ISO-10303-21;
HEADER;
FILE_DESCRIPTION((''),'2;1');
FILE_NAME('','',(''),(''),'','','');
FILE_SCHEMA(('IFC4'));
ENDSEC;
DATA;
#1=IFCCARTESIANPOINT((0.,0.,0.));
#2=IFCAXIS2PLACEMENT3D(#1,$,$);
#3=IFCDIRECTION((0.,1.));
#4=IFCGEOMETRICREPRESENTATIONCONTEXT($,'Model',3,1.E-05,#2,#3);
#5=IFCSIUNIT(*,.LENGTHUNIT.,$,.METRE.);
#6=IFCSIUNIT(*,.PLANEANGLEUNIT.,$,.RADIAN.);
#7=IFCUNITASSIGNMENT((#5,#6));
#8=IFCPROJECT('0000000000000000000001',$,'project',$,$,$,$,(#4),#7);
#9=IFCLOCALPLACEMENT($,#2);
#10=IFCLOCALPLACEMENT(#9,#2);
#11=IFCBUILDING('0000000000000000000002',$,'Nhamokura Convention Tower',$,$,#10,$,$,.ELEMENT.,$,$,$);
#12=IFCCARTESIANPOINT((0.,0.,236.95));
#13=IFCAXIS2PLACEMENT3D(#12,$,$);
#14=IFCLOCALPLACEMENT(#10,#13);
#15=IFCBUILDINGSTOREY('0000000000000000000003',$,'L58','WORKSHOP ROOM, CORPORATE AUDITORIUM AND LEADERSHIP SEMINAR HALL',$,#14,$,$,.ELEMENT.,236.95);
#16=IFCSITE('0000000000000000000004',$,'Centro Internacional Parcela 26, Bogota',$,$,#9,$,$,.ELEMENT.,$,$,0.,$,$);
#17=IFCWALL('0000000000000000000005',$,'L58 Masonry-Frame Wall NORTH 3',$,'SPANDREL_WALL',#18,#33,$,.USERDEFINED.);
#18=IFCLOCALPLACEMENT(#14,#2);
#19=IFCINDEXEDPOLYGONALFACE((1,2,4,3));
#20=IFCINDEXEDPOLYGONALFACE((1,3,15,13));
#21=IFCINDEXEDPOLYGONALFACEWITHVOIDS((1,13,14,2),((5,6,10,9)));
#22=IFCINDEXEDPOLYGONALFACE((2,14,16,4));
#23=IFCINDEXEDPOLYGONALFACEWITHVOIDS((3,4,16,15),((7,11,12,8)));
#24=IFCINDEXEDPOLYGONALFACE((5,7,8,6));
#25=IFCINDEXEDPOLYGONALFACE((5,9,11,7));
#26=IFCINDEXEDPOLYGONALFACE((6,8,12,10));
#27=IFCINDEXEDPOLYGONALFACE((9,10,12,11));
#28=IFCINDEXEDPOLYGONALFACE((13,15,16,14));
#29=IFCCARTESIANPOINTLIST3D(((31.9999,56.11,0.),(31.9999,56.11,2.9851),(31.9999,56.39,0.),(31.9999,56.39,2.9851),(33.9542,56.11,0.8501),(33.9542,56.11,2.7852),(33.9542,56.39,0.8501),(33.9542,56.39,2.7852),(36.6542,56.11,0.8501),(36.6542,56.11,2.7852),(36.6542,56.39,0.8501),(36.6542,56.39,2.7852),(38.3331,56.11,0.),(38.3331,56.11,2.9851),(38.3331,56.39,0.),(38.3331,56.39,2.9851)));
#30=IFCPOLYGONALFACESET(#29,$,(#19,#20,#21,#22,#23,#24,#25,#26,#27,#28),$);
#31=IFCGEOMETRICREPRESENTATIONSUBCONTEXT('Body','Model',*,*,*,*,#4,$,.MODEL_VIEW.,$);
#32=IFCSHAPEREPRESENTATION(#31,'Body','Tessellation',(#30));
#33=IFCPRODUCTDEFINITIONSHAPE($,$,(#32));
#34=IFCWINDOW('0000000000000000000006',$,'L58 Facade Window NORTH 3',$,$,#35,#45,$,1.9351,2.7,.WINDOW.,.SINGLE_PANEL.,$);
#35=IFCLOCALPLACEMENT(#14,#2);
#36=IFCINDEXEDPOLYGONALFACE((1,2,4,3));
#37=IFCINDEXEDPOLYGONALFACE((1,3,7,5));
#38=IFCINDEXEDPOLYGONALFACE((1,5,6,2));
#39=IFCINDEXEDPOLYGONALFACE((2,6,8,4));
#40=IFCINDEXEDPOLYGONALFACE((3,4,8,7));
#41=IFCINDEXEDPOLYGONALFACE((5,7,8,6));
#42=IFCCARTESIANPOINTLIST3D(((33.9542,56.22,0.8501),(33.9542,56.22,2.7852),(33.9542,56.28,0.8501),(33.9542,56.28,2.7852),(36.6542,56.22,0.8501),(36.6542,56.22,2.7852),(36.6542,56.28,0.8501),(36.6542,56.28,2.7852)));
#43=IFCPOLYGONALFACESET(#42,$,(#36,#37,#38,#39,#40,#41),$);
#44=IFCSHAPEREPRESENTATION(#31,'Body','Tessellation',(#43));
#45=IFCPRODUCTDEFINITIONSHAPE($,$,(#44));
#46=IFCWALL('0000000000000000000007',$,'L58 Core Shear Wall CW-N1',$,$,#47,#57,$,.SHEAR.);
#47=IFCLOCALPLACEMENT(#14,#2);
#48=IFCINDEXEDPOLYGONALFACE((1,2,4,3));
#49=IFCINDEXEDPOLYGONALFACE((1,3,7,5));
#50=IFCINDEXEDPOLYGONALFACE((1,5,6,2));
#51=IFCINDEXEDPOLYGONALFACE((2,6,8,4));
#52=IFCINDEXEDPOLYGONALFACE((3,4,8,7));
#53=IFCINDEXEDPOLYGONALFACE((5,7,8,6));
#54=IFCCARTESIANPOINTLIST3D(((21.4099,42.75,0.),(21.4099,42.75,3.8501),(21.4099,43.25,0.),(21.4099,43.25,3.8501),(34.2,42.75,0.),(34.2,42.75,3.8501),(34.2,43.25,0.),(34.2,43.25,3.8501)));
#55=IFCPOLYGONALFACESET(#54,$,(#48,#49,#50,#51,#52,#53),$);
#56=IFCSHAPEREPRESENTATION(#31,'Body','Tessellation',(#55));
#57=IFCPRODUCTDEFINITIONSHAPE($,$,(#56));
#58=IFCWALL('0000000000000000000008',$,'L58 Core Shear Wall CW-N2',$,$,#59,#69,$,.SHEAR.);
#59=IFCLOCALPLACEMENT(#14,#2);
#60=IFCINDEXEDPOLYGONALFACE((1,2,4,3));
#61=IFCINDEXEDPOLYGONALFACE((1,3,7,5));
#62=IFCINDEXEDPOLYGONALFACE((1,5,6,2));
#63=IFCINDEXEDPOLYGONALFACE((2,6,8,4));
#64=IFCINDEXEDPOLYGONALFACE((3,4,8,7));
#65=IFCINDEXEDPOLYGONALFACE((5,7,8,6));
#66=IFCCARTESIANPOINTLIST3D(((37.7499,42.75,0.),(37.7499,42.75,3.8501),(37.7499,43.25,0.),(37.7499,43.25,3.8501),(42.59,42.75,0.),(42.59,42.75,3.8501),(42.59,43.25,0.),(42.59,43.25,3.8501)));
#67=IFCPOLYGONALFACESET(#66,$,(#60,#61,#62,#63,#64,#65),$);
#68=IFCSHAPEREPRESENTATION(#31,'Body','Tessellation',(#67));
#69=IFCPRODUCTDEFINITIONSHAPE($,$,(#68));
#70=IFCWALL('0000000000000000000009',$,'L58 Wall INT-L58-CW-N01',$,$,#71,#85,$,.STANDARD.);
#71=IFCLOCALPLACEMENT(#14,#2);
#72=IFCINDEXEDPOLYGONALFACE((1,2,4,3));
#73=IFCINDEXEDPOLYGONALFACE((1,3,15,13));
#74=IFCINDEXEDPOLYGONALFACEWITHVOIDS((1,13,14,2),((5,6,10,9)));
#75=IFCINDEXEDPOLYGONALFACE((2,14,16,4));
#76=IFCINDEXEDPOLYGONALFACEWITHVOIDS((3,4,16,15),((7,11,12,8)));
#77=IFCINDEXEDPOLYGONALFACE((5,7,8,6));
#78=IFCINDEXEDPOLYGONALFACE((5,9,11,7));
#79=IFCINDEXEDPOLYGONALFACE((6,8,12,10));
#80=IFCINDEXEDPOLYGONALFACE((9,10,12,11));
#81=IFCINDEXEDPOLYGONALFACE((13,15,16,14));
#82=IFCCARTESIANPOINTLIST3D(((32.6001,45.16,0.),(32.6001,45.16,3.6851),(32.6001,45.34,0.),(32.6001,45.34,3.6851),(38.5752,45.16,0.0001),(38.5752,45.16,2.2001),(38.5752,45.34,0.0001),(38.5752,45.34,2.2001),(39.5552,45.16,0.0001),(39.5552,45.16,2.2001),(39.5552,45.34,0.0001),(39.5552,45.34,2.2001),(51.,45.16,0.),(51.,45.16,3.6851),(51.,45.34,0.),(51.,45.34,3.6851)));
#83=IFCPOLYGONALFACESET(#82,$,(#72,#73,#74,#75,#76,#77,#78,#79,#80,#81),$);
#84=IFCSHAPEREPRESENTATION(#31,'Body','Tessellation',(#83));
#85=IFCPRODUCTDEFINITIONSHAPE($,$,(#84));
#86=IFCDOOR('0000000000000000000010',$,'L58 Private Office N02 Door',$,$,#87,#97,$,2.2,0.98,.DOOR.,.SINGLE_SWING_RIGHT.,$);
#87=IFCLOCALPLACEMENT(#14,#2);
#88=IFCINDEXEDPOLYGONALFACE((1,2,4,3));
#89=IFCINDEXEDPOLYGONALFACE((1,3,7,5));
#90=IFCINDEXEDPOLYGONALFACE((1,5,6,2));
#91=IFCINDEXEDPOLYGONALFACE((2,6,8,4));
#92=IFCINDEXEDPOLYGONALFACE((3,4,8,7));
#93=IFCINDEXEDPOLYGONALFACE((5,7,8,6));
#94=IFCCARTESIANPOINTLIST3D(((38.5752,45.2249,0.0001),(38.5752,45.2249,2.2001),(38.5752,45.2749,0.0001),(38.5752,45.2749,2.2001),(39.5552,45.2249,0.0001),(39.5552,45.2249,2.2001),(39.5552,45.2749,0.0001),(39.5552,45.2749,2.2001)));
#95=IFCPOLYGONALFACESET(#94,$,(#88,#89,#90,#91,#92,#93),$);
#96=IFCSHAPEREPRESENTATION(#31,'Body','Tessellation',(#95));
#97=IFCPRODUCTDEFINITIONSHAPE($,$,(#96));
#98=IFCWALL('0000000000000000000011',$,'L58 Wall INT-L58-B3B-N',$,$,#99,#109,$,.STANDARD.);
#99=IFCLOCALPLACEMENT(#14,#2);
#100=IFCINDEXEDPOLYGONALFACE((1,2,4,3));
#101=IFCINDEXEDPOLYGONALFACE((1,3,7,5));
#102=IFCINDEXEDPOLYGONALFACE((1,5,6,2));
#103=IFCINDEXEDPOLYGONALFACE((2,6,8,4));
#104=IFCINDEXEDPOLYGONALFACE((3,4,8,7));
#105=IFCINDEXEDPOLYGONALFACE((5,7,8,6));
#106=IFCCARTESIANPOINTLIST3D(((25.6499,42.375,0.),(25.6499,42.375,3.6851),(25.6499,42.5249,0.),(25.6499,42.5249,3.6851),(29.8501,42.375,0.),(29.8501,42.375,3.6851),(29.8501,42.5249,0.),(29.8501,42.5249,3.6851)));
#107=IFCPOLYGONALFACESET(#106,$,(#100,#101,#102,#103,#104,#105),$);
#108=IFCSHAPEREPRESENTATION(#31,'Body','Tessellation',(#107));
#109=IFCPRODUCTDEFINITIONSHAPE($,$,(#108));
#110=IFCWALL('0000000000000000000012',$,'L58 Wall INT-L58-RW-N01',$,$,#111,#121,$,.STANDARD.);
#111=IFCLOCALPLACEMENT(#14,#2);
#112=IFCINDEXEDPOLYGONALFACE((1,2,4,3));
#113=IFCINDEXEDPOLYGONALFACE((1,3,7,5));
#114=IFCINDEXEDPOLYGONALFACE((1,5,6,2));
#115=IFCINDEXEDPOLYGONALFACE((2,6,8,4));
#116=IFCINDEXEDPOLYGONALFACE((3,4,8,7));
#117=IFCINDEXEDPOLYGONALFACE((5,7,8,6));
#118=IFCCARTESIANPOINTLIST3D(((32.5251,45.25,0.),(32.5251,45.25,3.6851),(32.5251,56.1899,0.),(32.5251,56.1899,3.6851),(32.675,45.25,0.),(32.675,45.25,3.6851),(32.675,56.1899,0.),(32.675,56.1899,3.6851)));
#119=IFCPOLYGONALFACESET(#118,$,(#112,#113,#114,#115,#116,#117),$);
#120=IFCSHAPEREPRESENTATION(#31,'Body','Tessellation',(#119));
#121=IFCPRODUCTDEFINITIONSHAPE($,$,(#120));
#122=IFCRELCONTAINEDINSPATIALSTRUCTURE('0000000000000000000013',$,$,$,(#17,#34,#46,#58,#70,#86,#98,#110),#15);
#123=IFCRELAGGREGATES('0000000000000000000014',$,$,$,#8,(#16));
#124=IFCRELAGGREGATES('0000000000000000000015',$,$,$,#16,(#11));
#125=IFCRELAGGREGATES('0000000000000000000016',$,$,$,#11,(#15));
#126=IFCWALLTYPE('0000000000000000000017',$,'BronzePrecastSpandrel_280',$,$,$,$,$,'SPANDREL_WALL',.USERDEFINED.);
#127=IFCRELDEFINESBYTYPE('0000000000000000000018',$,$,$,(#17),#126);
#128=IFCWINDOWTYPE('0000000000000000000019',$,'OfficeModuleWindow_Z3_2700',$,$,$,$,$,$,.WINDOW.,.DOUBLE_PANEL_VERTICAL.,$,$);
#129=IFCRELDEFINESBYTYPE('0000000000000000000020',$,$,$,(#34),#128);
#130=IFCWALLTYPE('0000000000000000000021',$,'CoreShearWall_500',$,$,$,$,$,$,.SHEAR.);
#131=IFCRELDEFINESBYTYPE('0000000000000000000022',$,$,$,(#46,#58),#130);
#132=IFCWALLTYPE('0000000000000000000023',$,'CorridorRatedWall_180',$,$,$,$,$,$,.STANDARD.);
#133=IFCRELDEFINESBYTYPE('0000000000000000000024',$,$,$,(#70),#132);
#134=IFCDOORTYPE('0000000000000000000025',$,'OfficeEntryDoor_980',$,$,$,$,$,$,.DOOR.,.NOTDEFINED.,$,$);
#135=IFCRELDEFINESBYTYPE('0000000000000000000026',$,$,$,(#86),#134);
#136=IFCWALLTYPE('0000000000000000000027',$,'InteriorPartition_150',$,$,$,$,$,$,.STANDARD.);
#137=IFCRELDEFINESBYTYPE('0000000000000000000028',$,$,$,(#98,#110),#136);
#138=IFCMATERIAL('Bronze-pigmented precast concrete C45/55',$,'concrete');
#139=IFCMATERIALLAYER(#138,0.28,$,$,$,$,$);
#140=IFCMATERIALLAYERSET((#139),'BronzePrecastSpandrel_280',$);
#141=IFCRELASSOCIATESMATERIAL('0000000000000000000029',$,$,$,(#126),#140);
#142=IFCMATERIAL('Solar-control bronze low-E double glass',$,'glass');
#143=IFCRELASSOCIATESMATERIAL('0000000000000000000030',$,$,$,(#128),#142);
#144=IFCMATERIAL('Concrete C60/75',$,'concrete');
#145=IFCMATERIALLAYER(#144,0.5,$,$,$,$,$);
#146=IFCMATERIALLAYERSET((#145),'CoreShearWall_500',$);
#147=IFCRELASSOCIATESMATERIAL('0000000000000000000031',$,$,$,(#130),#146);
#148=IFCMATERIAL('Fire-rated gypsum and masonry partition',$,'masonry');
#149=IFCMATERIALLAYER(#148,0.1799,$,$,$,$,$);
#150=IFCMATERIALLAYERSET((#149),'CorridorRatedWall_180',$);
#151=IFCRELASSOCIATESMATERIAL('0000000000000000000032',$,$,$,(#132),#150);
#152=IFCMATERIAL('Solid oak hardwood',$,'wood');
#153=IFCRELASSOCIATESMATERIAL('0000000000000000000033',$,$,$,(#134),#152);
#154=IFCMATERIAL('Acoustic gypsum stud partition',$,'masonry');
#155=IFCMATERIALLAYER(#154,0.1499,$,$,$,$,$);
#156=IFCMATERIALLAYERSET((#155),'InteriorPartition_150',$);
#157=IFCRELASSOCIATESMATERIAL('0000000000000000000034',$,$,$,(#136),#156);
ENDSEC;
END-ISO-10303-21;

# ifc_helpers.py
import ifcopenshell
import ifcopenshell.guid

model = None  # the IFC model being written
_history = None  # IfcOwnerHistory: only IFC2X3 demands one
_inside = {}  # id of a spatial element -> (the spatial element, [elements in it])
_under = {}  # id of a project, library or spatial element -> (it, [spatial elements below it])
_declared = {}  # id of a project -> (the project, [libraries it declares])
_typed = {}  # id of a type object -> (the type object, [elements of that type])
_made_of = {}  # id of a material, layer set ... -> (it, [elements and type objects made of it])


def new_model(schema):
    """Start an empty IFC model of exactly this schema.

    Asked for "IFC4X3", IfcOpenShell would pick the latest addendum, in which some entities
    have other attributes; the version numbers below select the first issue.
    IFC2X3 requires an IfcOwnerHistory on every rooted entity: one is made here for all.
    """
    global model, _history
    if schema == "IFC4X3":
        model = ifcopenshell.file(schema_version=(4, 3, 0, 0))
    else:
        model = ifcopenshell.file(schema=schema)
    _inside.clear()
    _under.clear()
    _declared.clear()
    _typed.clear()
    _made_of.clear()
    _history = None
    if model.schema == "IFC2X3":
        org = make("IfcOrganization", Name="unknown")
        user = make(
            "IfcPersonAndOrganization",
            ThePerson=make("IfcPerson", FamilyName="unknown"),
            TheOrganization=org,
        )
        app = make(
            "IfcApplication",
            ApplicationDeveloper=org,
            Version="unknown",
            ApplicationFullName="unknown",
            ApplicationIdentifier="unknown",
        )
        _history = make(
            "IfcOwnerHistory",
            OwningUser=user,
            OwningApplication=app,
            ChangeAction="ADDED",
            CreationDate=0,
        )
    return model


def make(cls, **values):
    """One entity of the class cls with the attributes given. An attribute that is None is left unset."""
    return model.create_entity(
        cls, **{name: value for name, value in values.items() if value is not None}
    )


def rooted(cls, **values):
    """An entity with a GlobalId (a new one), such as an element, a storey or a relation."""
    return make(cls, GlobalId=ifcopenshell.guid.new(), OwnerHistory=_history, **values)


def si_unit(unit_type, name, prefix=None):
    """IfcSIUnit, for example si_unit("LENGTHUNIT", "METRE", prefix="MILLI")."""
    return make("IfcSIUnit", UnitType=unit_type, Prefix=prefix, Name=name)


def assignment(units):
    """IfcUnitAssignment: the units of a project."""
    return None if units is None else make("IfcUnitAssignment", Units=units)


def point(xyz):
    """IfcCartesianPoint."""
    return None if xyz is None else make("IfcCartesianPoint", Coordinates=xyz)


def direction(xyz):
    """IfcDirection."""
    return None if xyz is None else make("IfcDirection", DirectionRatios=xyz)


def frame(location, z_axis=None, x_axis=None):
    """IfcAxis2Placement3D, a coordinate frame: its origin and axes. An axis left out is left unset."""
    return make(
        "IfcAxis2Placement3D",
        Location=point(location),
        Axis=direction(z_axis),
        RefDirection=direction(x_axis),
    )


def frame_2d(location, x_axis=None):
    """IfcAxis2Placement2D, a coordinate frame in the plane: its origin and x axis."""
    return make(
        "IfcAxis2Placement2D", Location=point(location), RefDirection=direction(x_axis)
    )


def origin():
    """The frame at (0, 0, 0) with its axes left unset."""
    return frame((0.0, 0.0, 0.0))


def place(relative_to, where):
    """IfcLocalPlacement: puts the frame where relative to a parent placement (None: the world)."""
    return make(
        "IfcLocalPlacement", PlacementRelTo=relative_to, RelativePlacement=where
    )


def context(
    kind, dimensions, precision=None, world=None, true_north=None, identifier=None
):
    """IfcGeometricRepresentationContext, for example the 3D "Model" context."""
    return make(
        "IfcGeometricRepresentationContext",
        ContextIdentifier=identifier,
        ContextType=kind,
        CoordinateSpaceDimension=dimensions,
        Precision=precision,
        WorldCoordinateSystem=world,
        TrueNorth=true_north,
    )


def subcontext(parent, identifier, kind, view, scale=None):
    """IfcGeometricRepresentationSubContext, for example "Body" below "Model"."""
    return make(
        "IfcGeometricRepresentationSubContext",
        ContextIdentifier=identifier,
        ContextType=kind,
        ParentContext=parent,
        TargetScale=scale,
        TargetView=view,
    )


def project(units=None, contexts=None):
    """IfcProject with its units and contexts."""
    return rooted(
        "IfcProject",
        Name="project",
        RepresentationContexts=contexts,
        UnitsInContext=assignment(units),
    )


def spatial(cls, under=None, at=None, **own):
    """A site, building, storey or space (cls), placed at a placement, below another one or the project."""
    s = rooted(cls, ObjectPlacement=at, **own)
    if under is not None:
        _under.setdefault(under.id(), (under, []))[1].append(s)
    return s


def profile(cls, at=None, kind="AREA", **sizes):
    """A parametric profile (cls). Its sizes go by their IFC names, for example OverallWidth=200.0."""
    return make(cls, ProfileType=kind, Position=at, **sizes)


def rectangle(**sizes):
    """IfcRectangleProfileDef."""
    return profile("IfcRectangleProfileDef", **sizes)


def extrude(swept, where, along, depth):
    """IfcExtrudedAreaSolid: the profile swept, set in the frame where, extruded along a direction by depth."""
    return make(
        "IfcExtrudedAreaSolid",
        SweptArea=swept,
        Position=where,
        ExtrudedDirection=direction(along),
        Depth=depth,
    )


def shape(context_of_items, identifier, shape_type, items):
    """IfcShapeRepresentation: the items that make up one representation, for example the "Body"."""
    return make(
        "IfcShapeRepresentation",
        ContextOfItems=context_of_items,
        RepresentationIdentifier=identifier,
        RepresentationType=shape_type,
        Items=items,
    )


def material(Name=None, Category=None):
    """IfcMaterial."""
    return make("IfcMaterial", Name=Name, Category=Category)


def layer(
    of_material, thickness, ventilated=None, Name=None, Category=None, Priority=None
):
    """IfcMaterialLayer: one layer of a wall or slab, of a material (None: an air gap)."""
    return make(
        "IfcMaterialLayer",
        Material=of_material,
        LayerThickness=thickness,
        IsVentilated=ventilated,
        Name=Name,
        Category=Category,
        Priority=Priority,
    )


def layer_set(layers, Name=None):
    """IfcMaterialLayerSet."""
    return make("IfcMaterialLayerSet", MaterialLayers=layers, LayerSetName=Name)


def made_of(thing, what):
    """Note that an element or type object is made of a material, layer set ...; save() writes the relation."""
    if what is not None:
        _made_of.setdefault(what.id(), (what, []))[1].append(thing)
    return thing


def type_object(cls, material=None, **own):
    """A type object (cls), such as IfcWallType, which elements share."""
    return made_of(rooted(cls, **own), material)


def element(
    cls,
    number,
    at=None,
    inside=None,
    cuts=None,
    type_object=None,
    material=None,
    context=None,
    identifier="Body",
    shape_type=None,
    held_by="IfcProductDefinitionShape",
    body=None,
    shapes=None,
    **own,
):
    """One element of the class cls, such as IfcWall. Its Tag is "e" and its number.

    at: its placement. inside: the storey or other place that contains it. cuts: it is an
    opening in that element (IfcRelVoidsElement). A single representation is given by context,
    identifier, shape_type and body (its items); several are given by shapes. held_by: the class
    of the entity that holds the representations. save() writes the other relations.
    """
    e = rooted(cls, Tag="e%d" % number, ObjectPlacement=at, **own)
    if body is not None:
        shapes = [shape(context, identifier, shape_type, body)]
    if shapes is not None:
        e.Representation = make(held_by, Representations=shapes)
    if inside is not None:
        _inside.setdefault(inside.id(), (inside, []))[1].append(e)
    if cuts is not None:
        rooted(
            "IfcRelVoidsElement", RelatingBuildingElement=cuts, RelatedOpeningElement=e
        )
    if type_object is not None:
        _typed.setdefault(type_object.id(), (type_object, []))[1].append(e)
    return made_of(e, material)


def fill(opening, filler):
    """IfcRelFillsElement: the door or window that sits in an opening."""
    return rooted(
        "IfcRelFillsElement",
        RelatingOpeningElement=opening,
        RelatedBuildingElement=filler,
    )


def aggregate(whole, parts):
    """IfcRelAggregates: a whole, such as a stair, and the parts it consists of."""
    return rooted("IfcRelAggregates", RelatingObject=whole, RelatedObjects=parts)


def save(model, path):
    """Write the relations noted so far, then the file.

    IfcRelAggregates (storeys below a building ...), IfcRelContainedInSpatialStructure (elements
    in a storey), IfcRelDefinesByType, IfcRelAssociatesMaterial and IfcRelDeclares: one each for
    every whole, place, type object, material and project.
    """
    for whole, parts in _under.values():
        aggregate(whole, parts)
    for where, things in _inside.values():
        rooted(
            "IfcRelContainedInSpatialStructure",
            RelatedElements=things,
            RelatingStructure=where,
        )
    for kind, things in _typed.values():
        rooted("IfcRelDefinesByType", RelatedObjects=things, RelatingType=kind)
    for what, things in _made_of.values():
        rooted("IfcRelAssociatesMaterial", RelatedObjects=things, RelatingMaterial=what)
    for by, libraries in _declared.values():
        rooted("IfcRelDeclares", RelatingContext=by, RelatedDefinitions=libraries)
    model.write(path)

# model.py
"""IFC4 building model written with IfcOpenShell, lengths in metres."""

from ifc_helpers import new_model, si_unit, direction, frame, frame_2d, origin, place, context, subcontext, project, spatial, rectangle, extrude, material, layer, layer_set, type_object, element, fill, save


model = new_model("IFC4")

# Units and contexts
model_context = context("Model", 3, precision=1e-05, world=origin(), true_north=direction((0.0, 1.0)))
body_context = subcontext(model_context, "Body", "Model", "MODEL_VIEW")
ifc_project = project(units=[si_unit("LENGTHUNIT", "METRE"), si_unit("PLANEANGLEUNIT", "RADIAN")], contexts=[model_context])

# Site, building, storey
site_placement = place(None, origin())
site = spatial("IfcSite", under=ifc_project, at=site_placement, Name="Centro Internacional Parcela 26, Bogota", CompositionType="ELEMENT", RefElevation=0.0)
building_placement = place(site_placement, origin())
building = spatial("IfcBuilding", under=site, at=building_placement, Name="Nhamokura Convention Tower", CompositionType="ELEMENT")
storey_placement = place(building_placement, frame((0.0, 0.0, 236.95)))
storey = spatial("IfcBuildingStorey", under=building, at=storey_placement, Name="L58", Description="WORKSHOP ROOM, CORPORATE AUDITORIUM AND LEADERSHIP SEMINAR HALL", CompositionType="ELEMENT", Elevation=236.95)

# Wall, opening, window
ifc_material_1 = material(Name="Bronze-pigmented precast concrete C45/55", Category="concrete")
ifc_layer_1 = layer(ifc_material_1, 0.28)
ifc_layer_set_1 = layer_set([ifc_layer_1], Name="BronzePrecastSpandrel_280")
wall_type_1 = type_object("IfcWallType", Name="BronzePrecastSpandrel_280", ElementType="SPANDREL_WALL", PredefinedType="USERDEFINED", material=ifc_layer_set_1)
ifc_material_2 = material(Name="Solar-control bronze low-E double glass", Category="glass")
window_type = type_object("IfcWindowType", Name="OfficeModuleWindow_Z3_2700", PartitioningType="DOUBLE_PANEL_VERTICAL", PredefinedType="WINDOW", material=ifc_material_2)
wall_1_placement = place(storey_placement, frame((32.0, 56.25, 0.0), z_axis=(0.0, 0.0, 1.0), x_axis=(1.0, 0.0, 0.0)))
wall_1 = element("IfcWall", 1, at=wall_1_placement, inside=storey, type_object=wall_type_1, Name="L58 Masonry-Frame Wall NORTH 3", ObjectType="SPANDREL_WALL", PredefinedType="USERDEFINED", context=body_context, shape_type="SweptSolid", body=[
    extrude(rectangle(XDim=6.3333, YDim=0.28, at=frame_2d((3.1665, 0.0))), origin(), (0.0, 0.0, 1.0), 2.9851),
])
opening_1_placement = place(wall_1_placement, frame((1.9541, 0.0, 0.8501)))
opening_1 = element("IfcOpeningElement", 2, at=opening_1_placement, cuts=wall_1, PredefinedType="OPENING", context=body_context, shape_type="SweptSolid", body=[
    extrude(rectangle(XDim=2.7, YDim=1.9351, at=frame_2d((1.3501, 0.9675))), frame((0.0, 0.1499, 0.0), z_axis=(0.0, -1.0, 0.0), x_axis=(1.0, 0.0, 0.0)), (0.0, 0.0, 1.0), 0.3),
])
window_1_placement = place(opening_1_placement, origin())
window_1 = element("IfcWindow", 3, at=window_1_placement, inside=storey, type_object=window_type, Name="L58 Facade Window NORTH 3", OverallHeight=1.9351, OverallWidth=2.7, PartitioningType="SINGLE_PANEL", PredefinedType="WINDOW", context=body_context, shape_type="SweptSolid", body=[
    extrude(rectangle(XDim=2.7, YDim=1.9351, at=frame_2d((1.3501, 0.9675))), frame((0.0, 0.03, 0.0), z_axis=(0.0, -1.0, 0.0), x_axis=(1.0, 0.0, 0.0)), (0.0, 0.0, 1.0), 0.0601),
])
fill(opening_1, window_1)

# Walls
ifc_material_3 = material(Name="Concrete C60/75", Category="concrete")
ifc_layer_2 = layer(ifc_material_3, 0.5)
ifc_layer_set_2 = layer_set([ifc_layer_2], Name="CoreShearWall_500")
wall_type_2 = type_object("IfcWallType", Name="CoreShearWall_500", PredefinedType="SHEAR", material=ifc_layer_set_2)
wall_2_placement = place(storey_placement, frame((21.4099, 43.0, 0.0), z_axis=(0.0, 0.0, 1.0), x_axis=(1.0, 0.0, 0.0)))
element("IfcWall", 4, at=wall_2_placement, inside=storey, type_object=wall_type_2, Name="L58 Core Shear Wall CW-N1", PredefinedType="SHEAR", context=body_context, shape_type="SweptSolid", body=[
    extrude(rectangle(XDim=12.79, YDim=0.5, at=frame_2d((6.395, 0.0))), origin(), (0.0, 0.0, 1.0), 3.8501),
])
wall_3_placement = place(storey_placement, frame((37.75, 43.0, 0.0), z_axis=(0.0, 0.0, 1.0), x_axis=(1.0, 0.0, 0.0)))
element("IfcWall", 5, at=wall_3_placement, inside=storey, type_object=wall_type_2, Name="L58 Core Shear Wall CW-N2", PredefinedType="SHEAR", context=body_context, shape_type="SweptSolid", body=[
    extrude(rectangle(XDim=4.8401, YDim=0.5, at=frame_2d((2.4199, 0.0))), origin(), (0.0, 0.0, 1.0), 3.8501),
])

# Wall, opening, door
ifc_material_4 = material(Name="Fire-rated gypsum and masonry partition", Category="masonry")
ifc_layer_3 = layer(ifc_material_4, 0.1799)
ifc_layer_set_3 = layer_set([ifc_layer_3], Name="CorridorRatedWall_180")
wall_type_3 = type_object("IfcWallType", Name="CorridorRatedWall_180", PredefinedType="STANDARD", material=ifc_layer_set_3)
wall_4_placement = place(storey_placement, frame((32.6001, 45.25, 0.0), z_axis=(0.0, 0.0, 1.0), x_axis=(1.0, 0.0, 0.0)))
wall_4 = element("IfcWall", 6, at=wall_4_placement, inside=storey, type_object=wall_type_3, Name="L58 Wall INT-L58-CW-N01", PredefinedType="STANDARD", context=body_context, shape_type="SweptSolid", body=[
    extrude(rectangle(XDim=18.3999, YDim=0.1799, at=frame_2d((9.2, 0.0))), origin(), (0.0, 0.0, 1.0), 3.6851),
])
opening_2_placement = place(wall_4_placement, frame((5.9751, 0.0, 0.0)))
opening_2 = element("IfcOpeningElement", 7, at=opening_2_placement, cuts=wall_4, PredefinedType="OPENING", context=body_context, shape_type="SweptSolid", body=[
    extrude(rectangle(XDim=0.98, YDim=2.2, at=frame_2d((0.49, 1.1001))), frame((0.0, 0.0999, 0.0), z_axis=(0.0, -1.0, 0.0), x_axis=(1.0, 0.0, 0.0)), (0.0, 0.0, 1.0), 0.2),
])
ifc_material_5 = material(Name="Solid oak hardwood", Category="wood")
door_type_1 = type_object("IfcDoorType", Name="OfficeEntryDoor_980", OperationType="NOTDEFINED", PredefinedType="DOOR", material=ifc_material_5)
door_1_placement = place(opening_2_placement, origin())
door_1 = element("IfcDoor", 8, at=door_1_placement, inside=storey, type_object=door_type_1, Name="L58 Private Office N02 Door", OperationType="SINGLE_SWING_RIGHT", OverallHeight=2.2, OverallWidth=0.98, PredefinedType="DOOR", context=body_context, shape_type="SweptSolid", body=[
    extrude(rectangle(XDim=0.98, YDim=2.2, at=frame_2d((0.49, 1.1001))), frame((0.0, 0.0249, 0.0), z_axis=(0.0, -1.0, 0.0), x_axis=(1.0, 0.0, 0.0)), (0.0, 0.0, 1.0), 0.05),
])
fill(opening_2, door_1)

# Walls
ifc_material_6 = material(Name="Acoustic gypsum stud partition", Category="masonry")
ifc_layer_4 = layer(ifc_material_6, 0.1499)
ifc_layer_set_4 = layer_set([ifc_layer_4], Name="InteriorPartition_150")
wall_type_4 = type_object("IfcWallType", Name="InteriorPartition_150", PredefinedType="STANDARD", material=ifc_layer_set_4)
wall_5_placement = place(storey_placement, frame((25.6499, 42.45, 0.0), z_axis=(0.0, 0.0, 1.0), x_axis=(1.0, 0.0, 0.0)))
element("IfcWall", 9, at=wall_5_placement, inside=storey, type_object=wall_type_4, Name="L58 Wall INT-L58-B3B-N", PredefinedType="STANDARD", context=body_context, shape_type="SweptSolid", body=[
    extrude(rectangle(XDim=4.2002, YDim=0.1499, at=frame_2d((2.1001, 0.0))), origin(), (0.0, 0.0, 1.0), 3.6851),
])
wall_6_placement = place(storey_placement, frame((32.6001, 45.25, 0.0), z_axis=(0.0, 0.0, 1.0), x_axis=(0.0, 1.0, 0.0)))
element("IfcWall", 10, at=wall_6_placement, inside=storey, type_object=wall_type_4, Name="L58 Wall INT-L58-RW-N01", PredefinedType="STANDARD", context=body_context, shape_type="SweptSolid", body=[
    extrude(rectangle(XDim=10.9399, YDim=0.1499, at=frame_2d((5.47, 0.0))), origin(), (0.0, 0.0, 1.0), 3.6851),
])

save(model, "model.ifc")
